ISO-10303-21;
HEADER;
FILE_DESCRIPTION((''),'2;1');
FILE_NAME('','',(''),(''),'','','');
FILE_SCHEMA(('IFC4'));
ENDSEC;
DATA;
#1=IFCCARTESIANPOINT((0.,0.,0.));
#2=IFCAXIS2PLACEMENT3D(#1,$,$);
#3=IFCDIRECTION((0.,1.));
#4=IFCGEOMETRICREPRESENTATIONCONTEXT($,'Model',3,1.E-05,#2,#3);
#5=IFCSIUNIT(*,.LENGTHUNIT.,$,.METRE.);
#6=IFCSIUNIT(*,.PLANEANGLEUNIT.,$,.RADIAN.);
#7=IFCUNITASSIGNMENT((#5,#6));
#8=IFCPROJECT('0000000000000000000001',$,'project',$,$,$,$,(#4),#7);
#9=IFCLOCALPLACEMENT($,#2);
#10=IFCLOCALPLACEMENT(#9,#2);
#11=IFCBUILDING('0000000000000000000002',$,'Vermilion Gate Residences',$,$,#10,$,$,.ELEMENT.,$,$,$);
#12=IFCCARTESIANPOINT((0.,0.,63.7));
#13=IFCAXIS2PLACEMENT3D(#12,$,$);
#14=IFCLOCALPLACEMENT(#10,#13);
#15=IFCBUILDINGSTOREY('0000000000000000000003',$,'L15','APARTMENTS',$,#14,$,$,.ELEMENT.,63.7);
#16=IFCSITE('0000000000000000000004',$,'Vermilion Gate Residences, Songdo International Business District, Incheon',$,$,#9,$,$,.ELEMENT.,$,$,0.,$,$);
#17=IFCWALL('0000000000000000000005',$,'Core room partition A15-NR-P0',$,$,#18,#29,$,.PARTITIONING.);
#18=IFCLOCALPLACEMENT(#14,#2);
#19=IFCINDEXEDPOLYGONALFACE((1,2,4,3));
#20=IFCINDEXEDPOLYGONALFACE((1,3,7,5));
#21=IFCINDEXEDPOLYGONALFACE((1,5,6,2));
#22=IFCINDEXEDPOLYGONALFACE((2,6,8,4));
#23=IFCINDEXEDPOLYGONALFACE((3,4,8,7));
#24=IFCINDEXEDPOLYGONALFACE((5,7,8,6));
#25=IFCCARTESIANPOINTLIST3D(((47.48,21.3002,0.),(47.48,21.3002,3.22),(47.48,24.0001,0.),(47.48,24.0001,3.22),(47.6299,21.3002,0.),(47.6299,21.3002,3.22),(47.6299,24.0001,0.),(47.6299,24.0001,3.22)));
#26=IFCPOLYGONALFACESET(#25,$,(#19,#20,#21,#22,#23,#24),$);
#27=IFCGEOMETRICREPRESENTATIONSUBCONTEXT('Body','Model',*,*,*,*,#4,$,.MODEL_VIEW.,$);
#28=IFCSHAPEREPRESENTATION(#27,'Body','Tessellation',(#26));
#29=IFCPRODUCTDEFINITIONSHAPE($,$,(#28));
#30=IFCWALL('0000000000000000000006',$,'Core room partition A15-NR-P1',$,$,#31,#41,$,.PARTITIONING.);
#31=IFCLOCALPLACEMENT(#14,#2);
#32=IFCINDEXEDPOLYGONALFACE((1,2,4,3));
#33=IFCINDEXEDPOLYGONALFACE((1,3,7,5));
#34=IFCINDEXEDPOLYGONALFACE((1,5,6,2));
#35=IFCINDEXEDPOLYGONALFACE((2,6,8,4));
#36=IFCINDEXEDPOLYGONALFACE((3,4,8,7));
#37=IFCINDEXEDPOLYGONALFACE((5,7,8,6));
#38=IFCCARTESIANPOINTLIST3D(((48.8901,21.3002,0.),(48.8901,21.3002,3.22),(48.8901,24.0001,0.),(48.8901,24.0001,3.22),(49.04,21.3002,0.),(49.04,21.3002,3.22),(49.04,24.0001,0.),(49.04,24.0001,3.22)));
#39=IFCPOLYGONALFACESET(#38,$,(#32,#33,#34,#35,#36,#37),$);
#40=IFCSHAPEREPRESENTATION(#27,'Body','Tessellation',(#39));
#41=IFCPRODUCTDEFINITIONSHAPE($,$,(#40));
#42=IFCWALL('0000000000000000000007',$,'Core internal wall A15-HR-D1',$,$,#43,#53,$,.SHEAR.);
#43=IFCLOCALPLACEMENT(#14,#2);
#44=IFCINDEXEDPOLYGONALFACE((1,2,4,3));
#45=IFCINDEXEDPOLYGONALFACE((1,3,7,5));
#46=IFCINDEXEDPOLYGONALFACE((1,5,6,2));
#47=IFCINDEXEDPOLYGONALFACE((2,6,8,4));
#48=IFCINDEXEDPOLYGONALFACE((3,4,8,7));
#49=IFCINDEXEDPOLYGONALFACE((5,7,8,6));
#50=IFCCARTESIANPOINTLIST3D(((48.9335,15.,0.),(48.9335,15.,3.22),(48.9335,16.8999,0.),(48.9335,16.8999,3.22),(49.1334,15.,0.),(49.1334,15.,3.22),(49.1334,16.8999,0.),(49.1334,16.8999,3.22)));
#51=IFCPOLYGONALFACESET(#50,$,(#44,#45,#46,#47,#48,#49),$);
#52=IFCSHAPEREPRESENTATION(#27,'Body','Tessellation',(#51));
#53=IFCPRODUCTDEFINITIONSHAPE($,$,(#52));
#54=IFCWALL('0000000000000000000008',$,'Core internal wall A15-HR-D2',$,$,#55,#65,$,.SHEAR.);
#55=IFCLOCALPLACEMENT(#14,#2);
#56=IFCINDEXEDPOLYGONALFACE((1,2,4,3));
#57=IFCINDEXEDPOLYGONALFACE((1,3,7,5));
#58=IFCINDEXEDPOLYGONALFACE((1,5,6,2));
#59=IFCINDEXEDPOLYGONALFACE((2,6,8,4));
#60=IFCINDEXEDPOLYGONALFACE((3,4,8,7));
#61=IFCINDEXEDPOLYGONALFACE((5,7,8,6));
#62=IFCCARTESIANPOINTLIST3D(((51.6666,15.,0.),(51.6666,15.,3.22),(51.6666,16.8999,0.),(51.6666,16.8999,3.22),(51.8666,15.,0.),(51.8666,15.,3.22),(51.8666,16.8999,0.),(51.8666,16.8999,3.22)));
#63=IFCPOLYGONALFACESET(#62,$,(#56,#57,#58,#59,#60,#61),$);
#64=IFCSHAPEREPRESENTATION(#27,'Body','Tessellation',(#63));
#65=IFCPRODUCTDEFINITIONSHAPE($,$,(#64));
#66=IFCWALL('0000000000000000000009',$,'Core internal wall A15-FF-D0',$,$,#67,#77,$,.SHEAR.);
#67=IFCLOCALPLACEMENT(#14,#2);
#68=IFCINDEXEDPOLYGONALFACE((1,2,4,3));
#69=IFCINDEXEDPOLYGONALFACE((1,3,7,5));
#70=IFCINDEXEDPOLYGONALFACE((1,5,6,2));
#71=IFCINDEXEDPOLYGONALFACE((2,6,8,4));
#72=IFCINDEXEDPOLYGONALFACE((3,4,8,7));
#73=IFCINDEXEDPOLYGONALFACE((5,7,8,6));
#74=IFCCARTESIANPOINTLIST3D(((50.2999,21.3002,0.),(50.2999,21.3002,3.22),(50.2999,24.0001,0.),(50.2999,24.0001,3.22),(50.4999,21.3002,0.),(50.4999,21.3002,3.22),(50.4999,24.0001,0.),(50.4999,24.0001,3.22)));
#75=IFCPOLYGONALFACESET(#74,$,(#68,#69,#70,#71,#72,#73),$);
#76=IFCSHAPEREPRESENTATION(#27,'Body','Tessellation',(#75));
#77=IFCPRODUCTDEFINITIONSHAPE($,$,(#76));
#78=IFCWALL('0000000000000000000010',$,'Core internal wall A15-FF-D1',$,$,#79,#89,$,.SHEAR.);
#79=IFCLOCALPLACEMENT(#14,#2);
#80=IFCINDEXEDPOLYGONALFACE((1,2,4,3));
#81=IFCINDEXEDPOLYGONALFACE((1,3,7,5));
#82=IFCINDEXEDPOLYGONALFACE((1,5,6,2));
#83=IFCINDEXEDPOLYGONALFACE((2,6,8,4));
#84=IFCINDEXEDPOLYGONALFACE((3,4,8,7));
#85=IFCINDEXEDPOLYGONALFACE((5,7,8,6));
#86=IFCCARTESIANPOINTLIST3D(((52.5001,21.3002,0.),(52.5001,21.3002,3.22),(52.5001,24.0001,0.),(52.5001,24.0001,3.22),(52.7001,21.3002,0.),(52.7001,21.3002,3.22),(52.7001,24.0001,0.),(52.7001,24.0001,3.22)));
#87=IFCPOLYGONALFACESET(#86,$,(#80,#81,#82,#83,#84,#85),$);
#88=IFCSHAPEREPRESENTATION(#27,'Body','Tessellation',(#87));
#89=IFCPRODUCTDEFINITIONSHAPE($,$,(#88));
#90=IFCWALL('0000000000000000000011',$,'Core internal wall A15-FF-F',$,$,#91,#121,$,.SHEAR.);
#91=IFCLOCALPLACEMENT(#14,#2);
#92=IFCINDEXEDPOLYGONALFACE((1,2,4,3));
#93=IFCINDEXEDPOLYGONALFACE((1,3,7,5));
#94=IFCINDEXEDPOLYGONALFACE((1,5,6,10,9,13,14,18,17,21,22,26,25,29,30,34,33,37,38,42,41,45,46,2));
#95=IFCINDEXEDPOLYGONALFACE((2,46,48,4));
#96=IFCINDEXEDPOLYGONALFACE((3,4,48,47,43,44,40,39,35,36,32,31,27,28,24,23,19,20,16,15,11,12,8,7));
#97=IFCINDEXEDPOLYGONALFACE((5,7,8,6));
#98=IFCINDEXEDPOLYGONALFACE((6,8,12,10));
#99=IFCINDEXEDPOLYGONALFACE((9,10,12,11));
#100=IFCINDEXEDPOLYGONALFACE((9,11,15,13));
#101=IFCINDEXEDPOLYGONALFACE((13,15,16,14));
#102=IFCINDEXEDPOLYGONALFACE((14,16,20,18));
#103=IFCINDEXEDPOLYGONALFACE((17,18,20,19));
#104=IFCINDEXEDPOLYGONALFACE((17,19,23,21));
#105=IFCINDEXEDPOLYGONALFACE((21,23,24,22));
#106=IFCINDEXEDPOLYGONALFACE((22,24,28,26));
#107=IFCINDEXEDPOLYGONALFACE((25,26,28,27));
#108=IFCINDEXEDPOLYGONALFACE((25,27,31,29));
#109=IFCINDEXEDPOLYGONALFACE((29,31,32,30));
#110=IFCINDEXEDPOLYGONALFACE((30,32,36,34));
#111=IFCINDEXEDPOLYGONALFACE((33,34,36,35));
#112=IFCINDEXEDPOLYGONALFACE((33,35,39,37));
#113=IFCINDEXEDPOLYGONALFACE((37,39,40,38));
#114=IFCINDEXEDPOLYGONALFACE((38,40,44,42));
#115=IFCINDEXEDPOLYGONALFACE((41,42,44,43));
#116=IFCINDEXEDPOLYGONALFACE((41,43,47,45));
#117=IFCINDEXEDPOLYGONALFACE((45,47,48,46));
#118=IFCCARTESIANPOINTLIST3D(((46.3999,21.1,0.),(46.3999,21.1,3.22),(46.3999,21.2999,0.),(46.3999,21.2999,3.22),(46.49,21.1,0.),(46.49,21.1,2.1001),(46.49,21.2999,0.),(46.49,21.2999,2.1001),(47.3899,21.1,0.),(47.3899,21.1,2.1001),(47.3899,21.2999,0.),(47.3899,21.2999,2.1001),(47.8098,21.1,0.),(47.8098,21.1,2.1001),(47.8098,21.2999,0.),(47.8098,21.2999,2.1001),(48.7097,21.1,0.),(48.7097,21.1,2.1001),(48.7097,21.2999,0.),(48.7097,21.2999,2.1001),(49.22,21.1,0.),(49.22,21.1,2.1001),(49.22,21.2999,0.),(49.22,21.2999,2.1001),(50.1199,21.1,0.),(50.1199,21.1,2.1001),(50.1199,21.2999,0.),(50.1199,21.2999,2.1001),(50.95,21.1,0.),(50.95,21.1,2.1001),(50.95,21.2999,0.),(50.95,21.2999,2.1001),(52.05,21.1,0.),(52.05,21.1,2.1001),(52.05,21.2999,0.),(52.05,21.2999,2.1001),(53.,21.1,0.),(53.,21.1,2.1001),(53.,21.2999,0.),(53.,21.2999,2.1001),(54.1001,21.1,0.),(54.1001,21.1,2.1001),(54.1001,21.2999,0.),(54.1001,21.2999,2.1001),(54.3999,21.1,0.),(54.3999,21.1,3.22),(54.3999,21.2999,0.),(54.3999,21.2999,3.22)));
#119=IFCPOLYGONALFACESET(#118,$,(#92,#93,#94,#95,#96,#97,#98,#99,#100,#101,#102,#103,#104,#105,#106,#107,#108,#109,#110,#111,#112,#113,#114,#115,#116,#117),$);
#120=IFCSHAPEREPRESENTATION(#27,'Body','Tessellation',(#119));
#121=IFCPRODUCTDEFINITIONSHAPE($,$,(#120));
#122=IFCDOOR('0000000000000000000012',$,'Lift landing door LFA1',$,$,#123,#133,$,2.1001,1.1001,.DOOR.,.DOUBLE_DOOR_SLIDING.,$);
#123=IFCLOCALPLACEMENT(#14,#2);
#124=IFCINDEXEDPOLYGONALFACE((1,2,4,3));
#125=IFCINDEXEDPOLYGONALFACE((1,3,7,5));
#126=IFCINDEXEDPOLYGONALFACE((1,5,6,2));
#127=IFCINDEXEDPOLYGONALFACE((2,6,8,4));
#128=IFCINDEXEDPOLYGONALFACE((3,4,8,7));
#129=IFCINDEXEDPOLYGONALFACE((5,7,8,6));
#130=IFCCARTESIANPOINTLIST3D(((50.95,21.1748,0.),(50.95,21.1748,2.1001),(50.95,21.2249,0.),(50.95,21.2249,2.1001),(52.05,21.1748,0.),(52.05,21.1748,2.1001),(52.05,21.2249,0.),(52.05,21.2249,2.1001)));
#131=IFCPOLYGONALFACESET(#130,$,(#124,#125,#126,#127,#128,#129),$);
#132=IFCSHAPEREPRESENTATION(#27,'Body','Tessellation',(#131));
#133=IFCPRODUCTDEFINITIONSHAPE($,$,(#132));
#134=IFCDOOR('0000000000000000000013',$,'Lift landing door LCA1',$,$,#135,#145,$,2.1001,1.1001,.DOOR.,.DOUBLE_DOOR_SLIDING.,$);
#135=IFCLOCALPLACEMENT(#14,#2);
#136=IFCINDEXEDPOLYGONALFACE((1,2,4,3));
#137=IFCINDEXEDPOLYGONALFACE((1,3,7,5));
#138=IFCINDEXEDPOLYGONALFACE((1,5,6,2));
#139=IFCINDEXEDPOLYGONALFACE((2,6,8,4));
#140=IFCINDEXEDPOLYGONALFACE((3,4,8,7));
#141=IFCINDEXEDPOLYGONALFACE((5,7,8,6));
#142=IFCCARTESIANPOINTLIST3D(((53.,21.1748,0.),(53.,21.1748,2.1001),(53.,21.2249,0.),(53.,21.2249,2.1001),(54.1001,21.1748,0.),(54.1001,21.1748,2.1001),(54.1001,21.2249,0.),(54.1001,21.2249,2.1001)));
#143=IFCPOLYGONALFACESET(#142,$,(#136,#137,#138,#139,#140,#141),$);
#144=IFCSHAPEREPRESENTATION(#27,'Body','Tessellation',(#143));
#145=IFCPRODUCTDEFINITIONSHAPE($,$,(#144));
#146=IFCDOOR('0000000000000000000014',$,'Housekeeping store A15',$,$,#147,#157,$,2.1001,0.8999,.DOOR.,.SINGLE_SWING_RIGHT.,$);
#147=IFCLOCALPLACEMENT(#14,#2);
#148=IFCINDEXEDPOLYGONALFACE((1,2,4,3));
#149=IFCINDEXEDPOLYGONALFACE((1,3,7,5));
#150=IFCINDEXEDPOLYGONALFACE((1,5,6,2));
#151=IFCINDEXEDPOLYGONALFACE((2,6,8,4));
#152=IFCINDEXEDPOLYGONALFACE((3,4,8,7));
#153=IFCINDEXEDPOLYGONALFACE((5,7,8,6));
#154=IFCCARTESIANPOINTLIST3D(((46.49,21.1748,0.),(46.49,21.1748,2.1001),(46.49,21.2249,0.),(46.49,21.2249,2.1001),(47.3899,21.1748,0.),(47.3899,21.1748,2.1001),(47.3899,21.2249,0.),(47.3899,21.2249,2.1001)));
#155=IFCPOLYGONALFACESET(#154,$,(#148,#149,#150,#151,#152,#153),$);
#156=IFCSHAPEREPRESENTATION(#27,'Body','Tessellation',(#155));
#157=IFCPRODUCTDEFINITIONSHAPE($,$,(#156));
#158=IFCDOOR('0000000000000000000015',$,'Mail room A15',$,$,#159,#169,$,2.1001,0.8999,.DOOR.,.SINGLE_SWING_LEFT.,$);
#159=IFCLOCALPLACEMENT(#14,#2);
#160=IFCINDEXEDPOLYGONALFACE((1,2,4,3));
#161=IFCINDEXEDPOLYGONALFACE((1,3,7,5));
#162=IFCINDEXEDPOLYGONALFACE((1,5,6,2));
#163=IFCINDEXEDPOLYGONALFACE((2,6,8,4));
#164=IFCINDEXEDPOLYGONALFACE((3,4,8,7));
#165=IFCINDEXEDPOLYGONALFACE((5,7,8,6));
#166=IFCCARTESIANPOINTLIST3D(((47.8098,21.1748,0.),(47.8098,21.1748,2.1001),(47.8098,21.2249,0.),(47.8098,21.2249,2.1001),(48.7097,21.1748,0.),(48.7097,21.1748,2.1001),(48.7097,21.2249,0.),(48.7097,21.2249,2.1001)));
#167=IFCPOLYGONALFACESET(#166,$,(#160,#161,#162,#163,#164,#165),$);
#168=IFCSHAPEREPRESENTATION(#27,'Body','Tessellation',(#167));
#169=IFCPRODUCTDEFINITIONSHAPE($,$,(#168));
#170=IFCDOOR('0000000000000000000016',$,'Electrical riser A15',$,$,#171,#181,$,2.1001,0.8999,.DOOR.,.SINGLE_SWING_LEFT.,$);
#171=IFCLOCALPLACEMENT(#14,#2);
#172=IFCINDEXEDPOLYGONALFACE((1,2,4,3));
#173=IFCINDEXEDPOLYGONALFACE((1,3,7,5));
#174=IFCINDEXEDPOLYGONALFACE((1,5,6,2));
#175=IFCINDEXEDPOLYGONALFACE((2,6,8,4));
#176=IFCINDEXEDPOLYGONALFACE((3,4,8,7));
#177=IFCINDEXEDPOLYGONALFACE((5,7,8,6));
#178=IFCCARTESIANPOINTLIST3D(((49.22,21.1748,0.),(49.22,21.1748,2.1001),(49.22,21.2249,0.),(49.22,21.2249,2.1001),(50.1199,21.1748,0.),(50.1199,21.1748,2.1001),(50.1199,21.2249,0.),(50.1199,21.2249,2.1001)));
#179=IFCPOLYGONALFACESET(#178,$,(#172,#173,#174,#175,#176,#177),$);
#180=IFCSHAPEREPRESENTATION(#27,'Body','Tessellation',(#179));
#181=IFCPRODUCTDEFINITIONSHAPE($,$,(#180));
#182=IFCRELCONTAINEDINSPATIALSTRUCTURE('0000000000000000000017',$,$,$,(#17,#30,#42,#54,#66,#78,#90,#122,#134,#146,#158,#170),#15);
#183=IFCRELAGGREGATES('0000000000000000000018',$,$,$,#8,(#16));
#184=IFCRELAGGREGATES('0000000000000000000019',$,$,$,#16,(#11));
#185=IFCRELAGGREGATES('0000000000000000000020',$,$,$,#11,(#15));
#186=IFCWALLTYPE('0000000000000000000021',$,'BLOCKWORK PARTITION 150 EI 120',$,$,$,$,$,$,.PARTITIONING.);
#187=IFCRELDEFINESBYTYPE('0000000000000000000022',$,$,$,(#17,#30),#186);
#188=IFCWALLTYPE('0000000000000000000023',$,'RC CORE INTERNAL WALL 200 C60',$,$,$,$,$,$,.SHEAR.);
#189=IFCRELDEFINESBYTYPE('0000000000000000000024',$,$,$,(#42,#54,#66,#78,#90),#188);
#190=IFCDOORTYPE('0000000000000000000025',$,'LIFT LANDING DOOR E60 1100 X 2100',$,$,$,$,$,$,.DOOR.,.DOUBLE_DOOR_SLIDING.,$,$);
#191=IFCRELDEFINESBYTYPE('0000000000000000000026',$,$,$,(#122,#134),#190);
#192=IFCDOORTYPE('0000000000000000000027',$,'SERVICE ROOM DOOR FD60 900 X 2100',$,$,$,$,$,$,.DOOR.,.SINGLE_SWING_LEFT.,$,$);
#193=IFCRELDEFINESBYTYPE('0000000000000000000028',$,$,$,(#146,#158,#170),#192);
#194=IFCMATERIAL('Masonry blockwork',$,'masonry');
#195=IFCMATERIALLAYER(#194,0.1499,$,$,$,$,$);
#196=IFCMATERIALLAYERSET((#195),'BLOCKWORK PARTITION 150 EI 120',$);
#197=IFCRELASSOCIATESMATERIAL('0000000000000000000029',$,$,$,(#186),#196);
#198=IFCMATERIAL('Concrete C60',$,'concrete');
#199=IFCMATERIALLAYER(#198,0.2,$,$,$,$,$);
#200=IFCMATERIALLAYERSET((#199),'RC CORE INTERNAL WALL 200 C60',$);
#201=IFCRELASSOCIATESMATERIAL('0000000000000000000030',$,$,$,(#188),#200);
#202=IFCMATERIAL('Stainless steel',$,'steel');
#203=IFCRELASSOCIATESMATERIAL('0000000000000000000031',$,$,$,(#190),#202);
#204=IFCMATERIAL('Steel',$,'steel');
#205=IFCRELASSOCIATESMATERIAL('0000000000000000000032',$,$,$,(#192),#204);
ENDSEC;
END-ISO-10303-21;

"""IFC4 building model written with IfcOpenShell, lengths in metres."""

from ifc_helpers import new_model, si_unit, direction, frame, frame_2d, origin, place, context, subcontext, project, spatial, rectangle, extrude, material, layer, layer_set, type_object, element, fill, save


model = new_model("IFC4")

# Units and contexts
model_context = context("Model", 3, precision=1e-05, world=origin(), true_north=direction((0.0, 1.0)))
body_context = subcontext(model_context, "Body", "Model", "MODEL_VIEW")
ifc_project = project(units=[si_unit("LENGTHUNIT", "METRE"), si_unit("PLANEANGLEUNIT", "RADIAN")], contexts=[model_context])

# Site, building, storey
site_placement = place(None, origin())
site = spatial("IfcSite", under=ifc_project, at=site_placement, Name="Vermilion Gate Residences, Songdo International Business District, Incheon", CompositionType="ELEMENT", RefElevation=0.0)
building_placement = place(site_placement, origin())
building = spatial("IfcBuilding", under=site, at=building_placement, Name="Vermilion Gate Residences", CompositionType="ELEMENT")
storey_placement = place(building_placement, frame((0.0, 0.0, 63.7)))
storey = spatial("IfcBuildingStorey", under=building, at=storey_placement, Name="L15", Description="APARTMENTS", CompositionType="ELEMENT", Elevation=63.7)

# Walls
ifc_material_1 = material(Name="Masonry blockwork", Category="masonry")
ifc_layer_1 = layer(ifc_material_1, 0.1499)
ifc_layer_set_1 = layer_set([ifc_layer_1], Name="BLOCKWORK PARTITION 150 EI 120")
wall_type_1 = type_object("IfcWallType", Name="BLOCKWORK PARTITION 150 EI 120", PredefinedType="PARTITIONING", material=ifc_layer_set_1)
for number, where, z_axis, x_axis, name in (
    (1, (47.5549, 21.3, 0.0), (0.0, 0.0, 1.0), (0.0, 1.0, 0.0), "Core room partition A15-NR-P0"),
    (2, (48.9651, 21.3, 0.0), (0.0, 0.0, 1.0), (0.0, 1.0, 0.0), "Core room partition A15-NR-P1"),
):
    element("IfcWall", number, at=place(storey_placement, frame(where, z_axis=z_axis, x_axis=x_axis)), inside=storey, type_object=wall_type_1, Name=name, PredefinedType="PARTITIONING", context=body_context, shape_type="SweptSolid", body=[
        extrude(rectangle(XDim=2.7, YDim=0.1499, at=frame_2d((1.3501, 0.0))), origin(), (0.0, 0.0, 1.0), 3.22),
    ])
ifc_material_2 = material(Name="Concrete C60", Category="concrete")
ifc_layer_2 = layer(ifc_material_2, 0.2)
ifc_layer_set_2 = layer_set([ifc_layer_2], Name="RC CORE INTERNAL WALL 200 C60")
wall_type_2 = type_object("IfcWallType", Name="RC CORE INTERNAL WALL 200 C60", PredefinedType="SHEAR", material=ifc_layer_set_2)
for number, where, z_axis, x_axis, name in (
    (3, (49.0334, 15.0, 0.0), (0.0, 0.0, 1.0), (0.0, 1.0, 0.0), "Core internal wall A15-HR-D1"),
    (4, (51.7666, 15.0, 0.0), (0.0, 0.0, 1.0), (0.0, 1.0, 0.0), "Core internal wall A15-HR-D2"),
):
    element("IfcWall", number, at=place(storey_placement, frame(where, z_axis=z_axis, x_axis=x_axis)), inside=storey, type_object=wall_type_2, Name=name, PredefinedType="SHEAR", context=body_context, shape_type="SweptSolid", body=[
        extrude(rectangle(XDim=1.8999, YDim=0.2, at=frame_2d((0.95, 0.0))), origin(), (0.0, 0.0, 1.0), 3.22),
    ])
for number, where, z_axis, x_axis, name in (
    (5, (50.3999, 21.3, 0.0), (0.0, 0.0, 1.0), (0.0, 1.0, 0.0), "Core internal wall A15-FF-D0"),
    (6, (52.6001, 21.3, 0.0), (0.0, 0.0, 1.0), (0.0, 1.0, 0.0), "Core internal wall A15-FF-D1"),
):
    element("IfcWall", number, at=place(storey_placement, frame(where, z_axis=z_axis, x_axis=x_axis)), inside=storey, type_object=wall_type_2, Name=name, PredefinedType="SHEAR", context=body_context, shape_type="SweptSolid", body=[
        extrude(rectangle(XDim=2.7, YDim=0.2, at=frame_2d((1.3501, 0.0))), origin(), (0.0, 0.0, 1.0), 3.22),
    ])

# Wall, openings, doors
wall_1_placement = place(storey_placement, frame((46.3999, 21.2, 0.0), z_axis=(0.0, 0.0, 1.0), x_axis=(1.0, 0.0, 0.0)))
wall_1 = element("IfcWall", 7, at=wall_1_placement, inside=storey, type_object=wall_type_2, Name="Core internal wall A15-FF-F", PredefinedType="SHEAR", context=body_context, shape_type="SweptSolid", body=[
    extrude(rectangle(XDim=8.0, YDim=0.2, at=frame_2d((4.0, 0.0))), origin(), (0.0, 0.0, 1.0), 3.22),
])
opening_1_placement = place(wall_1_placement, frame((0.0901, 0.0, 0.0)))
opening_1 = element("IfcOpeningElement", 8, at=opening_1_placement, cuts=wall_1, PredefinedType="OPENING", context=body_context, shape_type="SweptSolid", body=[
    extrude(rectangle(XDim=0.8999, YDim=2.1001, at=frame_2d((0.45, 1.05))), frame((0.0, 0.1099, 0.0), z_axis=(0.0, -1.0, 0.0), x_axis=(1.0, 0.0, 0.0)), (0.0, 0.0, 1.0), 0.22),
])
opening_2_placement = place(wall_1_placement, frame((1.4099, 0.0, 0.0)))
opening_2 = element("IfcOpeningElement", 9, at=opening_2_placement, cuts=wall_1, PredefinedType="OPENING", context=body_context, shape_type="SweptSolid", body=[
    extrude(rectangle(XDim=0.8999, YDim=2.1001, at=frame_2d((0.45, 1.05))), frame((0.0, 0.1099, 0.0), z_axis=(0.0, -1.0, 0.0), x_axis=(1.0, 0.0, 0.0)), (0.0, 0.0, 1.0), 0.22),
])
opening_3_placement = place(wall_1_placement, frame((2.8201, 0.0, 0.0)))
opening_3 = element("IfcOpeningElement", 10, at=opening_3_placement, cuts=wall_1, PredefinedType="OPENING", context=body_context, shape_type="SweptSolid", body=[
    extrude(rectangle(XDim=0.8999, YDim=2.1001, at=frame_2d((0.45, 1.05))), frame((0.0, 0.1099, 0.0), z_axis=(0.0, -1.0, 0.0), x_axis=(1.0, 0.0, 0.0)), (0.0, 0.0, 1.0), 0.22),
])
opening_4_placement = place(wall_1_placement, frame((4.55, 0.0, 0.0)))
opening_4 = element("IfcOpeningElement", 11, at=opening_4_placement, cuts=wall_1, PredefinedType="OPENING", context=body_context, shape_type="SweptSolid", body=[
    extrude(rectangle(XDim=1.1001, YDim=2.1001, at=frame_2d((0.55, 1.05))), frame((0.0, 0.1099, 0.0), z_axis=(0.0, -1.0, 0.0), x_axis=(1.0, 0.0, 0.0)), (0.0, 0.0, 1.0), 0.22),
])
opening_5_placement = place(wall_1_placement, frame((6.6001, 0.0, 0.0)))
opening_5 = element("IfcOpeningElement", 12, at=opening_5_placement, cuts=wall_1, PredefinedType="OPENING", context=body_context, shape_type="SweptSolid", body=[
    extrude(rectangle(XDim=1.1001, YDim=2.1001, at=frame_2d((0.55, 1.05))), frame((0.0, 0.1099, 0.0), z_axis=(0.0, -1.0, 0.0), x_axis=(1.0, 0.0, 0.0)), (0.0, 0.0, 1.0), 0.22),
])
ifc_material_3 = material(Name="Stainless steel", Category="steel")
door_type_1 = type_object("IfcDoorType", Name="LIFT LANDING DOOR E60 1100 X 2100", OperationType="DOUBLE_DOOR_SLIDING", PredefinedType="DOOR", material=ifc_material_3)
door_1_placement = place(opening_4_placement, origin())
door_1 = element("IfcDoor", 13, at=door_1_placement, inside=storey, type_object=door_type_1, Name="Lift landing door LFA1", OperationType="DOUBLE_DOOR_SLIDING", OverallHeight=2.1001, OverallWidth=1.1001, PredefinedType="DOOR", context=body_context, shape_type="SweptSolid", body=[
    extrude(rectangle(XDim=1.1001, YDim=2.1001, at=frame_2d((0.55, 1.05))), frame((0.0, 0.0249, 0.0), z_axis=(0.0, -1.0, 0.0), x_axis=(1.0, 0.0, 0.0)), (0.0, 0.0, 1.0), 0.05),
])
fill(opening_4, door_1)
door_2_placement = place(opening_5_placement, origin())
door_2 = element("IfcDoor", 14, at=door_2_placement, inside=storey, type_object=door_type_1, Name="Lift landing door LCA1", OperationType="DOUBLE_DOOR_SLIDING", OverallHeight=2.1001, OverallWidth=1.1001, PredefinedType="DOOR", context=body_context, shape_type="SweptSolid", body=[
    extrude(rectangle(XDim=1.1001, YDim=2.1001, at=frame_2d((0.55, 1.05))), frame((0.0, 0.0249, 0.0), z_axis=(0.0, -1.0, 0.0), x_axis=(1.0, 0.0, 0.0)), (0.0, 0.0, 1.0), 0.05),
])
fill(opening_5, door_2)
ifc_material_4 = material(Name="Steel", Category="steel")
door_type_2 = type_object("IfcDoorType", Name="SERVICE ROOM DOOR FD60 900 X 2100", OperationType="SINGLE_SWING_LEFT", PredefinedType="DOOR", material=ifc_material_4)
door_3_placement = place(opening_1_placement, origin())
door_3 = element("IfcDoor", 15, at=door_3_placement, inside=storey, type_object=door_type_2, Name="Housekeeping store A15", OperationType="SINGLE_SWING_RIGHT", OverallHeight=2.1001, OverallWidth=0.8999, PredefinedType="DOOR", context=body_context, shape_type="SweptSolid", body=[
    extrude(rectangle(XDim=0.8999, YDim=2.1001, at=frame_2d((0.45, 1.05))), frame((0.0, 0.0249, 0.0), z_axis=(0.0, -1.0, 0.0), x_axis=(1.0, 0.0, 0.0)), (0.0, 0.0, 1.0), 0.05),
])
fill(opening_1, door_3)
door_4_placement = place(opening_2_placement, origin())
door_4 = element("IfcDoor", 16, at=door_4_placement, inside=storey, type_object=door_type_2, Name="Mail room A15", OperationType="SINGLE_SWING_LEFT", OverallHeight=2.1001, OverallWidth=0.8999, PredefinedType="DOOR", context=body_context, shape_type="SweptSolid", body=[
    extrude(rectangle(XDim=0.8999, YDim=2.1001, at=frame_2d((0.45, 1.05))), frame((0.0, 0.0249, 0.0), z_axis=(0.0, -1.0, 0.0), x_axis=(1.0, 0.0, 0.0)), (0.0, 0.0, 1.0), 0.05),
])
fill(opening_2, door_4)
door_5_placement = place(opening_3_placement, origin())
door_5 = element("IfcDoor", 17, at=door_5_placement, inside=storey, type_object=door_type_2, Name="Electrical riser A15", OperationType="SINGLE_SWING_LEFT", OverallHeight=2.1001, OverallWidth=0.8999, PredefinedType="DOOR", context=body_context, shape_type="SweptSolid", body=[
    extrude(rectangle(XDim=0.8999, YDim=2.1001, at=frame_2d((0.45, 1.05))), frame((0.0, 0.0249, 0.0), z_axis=(0.0, -1.0, 0.0), x_axis=(1.0, 0.0, 0.0)), (0.0, 0.0, 1.0), 0.05),
])
fill(opening_3, door_5)

save(model, "model.ifc")
